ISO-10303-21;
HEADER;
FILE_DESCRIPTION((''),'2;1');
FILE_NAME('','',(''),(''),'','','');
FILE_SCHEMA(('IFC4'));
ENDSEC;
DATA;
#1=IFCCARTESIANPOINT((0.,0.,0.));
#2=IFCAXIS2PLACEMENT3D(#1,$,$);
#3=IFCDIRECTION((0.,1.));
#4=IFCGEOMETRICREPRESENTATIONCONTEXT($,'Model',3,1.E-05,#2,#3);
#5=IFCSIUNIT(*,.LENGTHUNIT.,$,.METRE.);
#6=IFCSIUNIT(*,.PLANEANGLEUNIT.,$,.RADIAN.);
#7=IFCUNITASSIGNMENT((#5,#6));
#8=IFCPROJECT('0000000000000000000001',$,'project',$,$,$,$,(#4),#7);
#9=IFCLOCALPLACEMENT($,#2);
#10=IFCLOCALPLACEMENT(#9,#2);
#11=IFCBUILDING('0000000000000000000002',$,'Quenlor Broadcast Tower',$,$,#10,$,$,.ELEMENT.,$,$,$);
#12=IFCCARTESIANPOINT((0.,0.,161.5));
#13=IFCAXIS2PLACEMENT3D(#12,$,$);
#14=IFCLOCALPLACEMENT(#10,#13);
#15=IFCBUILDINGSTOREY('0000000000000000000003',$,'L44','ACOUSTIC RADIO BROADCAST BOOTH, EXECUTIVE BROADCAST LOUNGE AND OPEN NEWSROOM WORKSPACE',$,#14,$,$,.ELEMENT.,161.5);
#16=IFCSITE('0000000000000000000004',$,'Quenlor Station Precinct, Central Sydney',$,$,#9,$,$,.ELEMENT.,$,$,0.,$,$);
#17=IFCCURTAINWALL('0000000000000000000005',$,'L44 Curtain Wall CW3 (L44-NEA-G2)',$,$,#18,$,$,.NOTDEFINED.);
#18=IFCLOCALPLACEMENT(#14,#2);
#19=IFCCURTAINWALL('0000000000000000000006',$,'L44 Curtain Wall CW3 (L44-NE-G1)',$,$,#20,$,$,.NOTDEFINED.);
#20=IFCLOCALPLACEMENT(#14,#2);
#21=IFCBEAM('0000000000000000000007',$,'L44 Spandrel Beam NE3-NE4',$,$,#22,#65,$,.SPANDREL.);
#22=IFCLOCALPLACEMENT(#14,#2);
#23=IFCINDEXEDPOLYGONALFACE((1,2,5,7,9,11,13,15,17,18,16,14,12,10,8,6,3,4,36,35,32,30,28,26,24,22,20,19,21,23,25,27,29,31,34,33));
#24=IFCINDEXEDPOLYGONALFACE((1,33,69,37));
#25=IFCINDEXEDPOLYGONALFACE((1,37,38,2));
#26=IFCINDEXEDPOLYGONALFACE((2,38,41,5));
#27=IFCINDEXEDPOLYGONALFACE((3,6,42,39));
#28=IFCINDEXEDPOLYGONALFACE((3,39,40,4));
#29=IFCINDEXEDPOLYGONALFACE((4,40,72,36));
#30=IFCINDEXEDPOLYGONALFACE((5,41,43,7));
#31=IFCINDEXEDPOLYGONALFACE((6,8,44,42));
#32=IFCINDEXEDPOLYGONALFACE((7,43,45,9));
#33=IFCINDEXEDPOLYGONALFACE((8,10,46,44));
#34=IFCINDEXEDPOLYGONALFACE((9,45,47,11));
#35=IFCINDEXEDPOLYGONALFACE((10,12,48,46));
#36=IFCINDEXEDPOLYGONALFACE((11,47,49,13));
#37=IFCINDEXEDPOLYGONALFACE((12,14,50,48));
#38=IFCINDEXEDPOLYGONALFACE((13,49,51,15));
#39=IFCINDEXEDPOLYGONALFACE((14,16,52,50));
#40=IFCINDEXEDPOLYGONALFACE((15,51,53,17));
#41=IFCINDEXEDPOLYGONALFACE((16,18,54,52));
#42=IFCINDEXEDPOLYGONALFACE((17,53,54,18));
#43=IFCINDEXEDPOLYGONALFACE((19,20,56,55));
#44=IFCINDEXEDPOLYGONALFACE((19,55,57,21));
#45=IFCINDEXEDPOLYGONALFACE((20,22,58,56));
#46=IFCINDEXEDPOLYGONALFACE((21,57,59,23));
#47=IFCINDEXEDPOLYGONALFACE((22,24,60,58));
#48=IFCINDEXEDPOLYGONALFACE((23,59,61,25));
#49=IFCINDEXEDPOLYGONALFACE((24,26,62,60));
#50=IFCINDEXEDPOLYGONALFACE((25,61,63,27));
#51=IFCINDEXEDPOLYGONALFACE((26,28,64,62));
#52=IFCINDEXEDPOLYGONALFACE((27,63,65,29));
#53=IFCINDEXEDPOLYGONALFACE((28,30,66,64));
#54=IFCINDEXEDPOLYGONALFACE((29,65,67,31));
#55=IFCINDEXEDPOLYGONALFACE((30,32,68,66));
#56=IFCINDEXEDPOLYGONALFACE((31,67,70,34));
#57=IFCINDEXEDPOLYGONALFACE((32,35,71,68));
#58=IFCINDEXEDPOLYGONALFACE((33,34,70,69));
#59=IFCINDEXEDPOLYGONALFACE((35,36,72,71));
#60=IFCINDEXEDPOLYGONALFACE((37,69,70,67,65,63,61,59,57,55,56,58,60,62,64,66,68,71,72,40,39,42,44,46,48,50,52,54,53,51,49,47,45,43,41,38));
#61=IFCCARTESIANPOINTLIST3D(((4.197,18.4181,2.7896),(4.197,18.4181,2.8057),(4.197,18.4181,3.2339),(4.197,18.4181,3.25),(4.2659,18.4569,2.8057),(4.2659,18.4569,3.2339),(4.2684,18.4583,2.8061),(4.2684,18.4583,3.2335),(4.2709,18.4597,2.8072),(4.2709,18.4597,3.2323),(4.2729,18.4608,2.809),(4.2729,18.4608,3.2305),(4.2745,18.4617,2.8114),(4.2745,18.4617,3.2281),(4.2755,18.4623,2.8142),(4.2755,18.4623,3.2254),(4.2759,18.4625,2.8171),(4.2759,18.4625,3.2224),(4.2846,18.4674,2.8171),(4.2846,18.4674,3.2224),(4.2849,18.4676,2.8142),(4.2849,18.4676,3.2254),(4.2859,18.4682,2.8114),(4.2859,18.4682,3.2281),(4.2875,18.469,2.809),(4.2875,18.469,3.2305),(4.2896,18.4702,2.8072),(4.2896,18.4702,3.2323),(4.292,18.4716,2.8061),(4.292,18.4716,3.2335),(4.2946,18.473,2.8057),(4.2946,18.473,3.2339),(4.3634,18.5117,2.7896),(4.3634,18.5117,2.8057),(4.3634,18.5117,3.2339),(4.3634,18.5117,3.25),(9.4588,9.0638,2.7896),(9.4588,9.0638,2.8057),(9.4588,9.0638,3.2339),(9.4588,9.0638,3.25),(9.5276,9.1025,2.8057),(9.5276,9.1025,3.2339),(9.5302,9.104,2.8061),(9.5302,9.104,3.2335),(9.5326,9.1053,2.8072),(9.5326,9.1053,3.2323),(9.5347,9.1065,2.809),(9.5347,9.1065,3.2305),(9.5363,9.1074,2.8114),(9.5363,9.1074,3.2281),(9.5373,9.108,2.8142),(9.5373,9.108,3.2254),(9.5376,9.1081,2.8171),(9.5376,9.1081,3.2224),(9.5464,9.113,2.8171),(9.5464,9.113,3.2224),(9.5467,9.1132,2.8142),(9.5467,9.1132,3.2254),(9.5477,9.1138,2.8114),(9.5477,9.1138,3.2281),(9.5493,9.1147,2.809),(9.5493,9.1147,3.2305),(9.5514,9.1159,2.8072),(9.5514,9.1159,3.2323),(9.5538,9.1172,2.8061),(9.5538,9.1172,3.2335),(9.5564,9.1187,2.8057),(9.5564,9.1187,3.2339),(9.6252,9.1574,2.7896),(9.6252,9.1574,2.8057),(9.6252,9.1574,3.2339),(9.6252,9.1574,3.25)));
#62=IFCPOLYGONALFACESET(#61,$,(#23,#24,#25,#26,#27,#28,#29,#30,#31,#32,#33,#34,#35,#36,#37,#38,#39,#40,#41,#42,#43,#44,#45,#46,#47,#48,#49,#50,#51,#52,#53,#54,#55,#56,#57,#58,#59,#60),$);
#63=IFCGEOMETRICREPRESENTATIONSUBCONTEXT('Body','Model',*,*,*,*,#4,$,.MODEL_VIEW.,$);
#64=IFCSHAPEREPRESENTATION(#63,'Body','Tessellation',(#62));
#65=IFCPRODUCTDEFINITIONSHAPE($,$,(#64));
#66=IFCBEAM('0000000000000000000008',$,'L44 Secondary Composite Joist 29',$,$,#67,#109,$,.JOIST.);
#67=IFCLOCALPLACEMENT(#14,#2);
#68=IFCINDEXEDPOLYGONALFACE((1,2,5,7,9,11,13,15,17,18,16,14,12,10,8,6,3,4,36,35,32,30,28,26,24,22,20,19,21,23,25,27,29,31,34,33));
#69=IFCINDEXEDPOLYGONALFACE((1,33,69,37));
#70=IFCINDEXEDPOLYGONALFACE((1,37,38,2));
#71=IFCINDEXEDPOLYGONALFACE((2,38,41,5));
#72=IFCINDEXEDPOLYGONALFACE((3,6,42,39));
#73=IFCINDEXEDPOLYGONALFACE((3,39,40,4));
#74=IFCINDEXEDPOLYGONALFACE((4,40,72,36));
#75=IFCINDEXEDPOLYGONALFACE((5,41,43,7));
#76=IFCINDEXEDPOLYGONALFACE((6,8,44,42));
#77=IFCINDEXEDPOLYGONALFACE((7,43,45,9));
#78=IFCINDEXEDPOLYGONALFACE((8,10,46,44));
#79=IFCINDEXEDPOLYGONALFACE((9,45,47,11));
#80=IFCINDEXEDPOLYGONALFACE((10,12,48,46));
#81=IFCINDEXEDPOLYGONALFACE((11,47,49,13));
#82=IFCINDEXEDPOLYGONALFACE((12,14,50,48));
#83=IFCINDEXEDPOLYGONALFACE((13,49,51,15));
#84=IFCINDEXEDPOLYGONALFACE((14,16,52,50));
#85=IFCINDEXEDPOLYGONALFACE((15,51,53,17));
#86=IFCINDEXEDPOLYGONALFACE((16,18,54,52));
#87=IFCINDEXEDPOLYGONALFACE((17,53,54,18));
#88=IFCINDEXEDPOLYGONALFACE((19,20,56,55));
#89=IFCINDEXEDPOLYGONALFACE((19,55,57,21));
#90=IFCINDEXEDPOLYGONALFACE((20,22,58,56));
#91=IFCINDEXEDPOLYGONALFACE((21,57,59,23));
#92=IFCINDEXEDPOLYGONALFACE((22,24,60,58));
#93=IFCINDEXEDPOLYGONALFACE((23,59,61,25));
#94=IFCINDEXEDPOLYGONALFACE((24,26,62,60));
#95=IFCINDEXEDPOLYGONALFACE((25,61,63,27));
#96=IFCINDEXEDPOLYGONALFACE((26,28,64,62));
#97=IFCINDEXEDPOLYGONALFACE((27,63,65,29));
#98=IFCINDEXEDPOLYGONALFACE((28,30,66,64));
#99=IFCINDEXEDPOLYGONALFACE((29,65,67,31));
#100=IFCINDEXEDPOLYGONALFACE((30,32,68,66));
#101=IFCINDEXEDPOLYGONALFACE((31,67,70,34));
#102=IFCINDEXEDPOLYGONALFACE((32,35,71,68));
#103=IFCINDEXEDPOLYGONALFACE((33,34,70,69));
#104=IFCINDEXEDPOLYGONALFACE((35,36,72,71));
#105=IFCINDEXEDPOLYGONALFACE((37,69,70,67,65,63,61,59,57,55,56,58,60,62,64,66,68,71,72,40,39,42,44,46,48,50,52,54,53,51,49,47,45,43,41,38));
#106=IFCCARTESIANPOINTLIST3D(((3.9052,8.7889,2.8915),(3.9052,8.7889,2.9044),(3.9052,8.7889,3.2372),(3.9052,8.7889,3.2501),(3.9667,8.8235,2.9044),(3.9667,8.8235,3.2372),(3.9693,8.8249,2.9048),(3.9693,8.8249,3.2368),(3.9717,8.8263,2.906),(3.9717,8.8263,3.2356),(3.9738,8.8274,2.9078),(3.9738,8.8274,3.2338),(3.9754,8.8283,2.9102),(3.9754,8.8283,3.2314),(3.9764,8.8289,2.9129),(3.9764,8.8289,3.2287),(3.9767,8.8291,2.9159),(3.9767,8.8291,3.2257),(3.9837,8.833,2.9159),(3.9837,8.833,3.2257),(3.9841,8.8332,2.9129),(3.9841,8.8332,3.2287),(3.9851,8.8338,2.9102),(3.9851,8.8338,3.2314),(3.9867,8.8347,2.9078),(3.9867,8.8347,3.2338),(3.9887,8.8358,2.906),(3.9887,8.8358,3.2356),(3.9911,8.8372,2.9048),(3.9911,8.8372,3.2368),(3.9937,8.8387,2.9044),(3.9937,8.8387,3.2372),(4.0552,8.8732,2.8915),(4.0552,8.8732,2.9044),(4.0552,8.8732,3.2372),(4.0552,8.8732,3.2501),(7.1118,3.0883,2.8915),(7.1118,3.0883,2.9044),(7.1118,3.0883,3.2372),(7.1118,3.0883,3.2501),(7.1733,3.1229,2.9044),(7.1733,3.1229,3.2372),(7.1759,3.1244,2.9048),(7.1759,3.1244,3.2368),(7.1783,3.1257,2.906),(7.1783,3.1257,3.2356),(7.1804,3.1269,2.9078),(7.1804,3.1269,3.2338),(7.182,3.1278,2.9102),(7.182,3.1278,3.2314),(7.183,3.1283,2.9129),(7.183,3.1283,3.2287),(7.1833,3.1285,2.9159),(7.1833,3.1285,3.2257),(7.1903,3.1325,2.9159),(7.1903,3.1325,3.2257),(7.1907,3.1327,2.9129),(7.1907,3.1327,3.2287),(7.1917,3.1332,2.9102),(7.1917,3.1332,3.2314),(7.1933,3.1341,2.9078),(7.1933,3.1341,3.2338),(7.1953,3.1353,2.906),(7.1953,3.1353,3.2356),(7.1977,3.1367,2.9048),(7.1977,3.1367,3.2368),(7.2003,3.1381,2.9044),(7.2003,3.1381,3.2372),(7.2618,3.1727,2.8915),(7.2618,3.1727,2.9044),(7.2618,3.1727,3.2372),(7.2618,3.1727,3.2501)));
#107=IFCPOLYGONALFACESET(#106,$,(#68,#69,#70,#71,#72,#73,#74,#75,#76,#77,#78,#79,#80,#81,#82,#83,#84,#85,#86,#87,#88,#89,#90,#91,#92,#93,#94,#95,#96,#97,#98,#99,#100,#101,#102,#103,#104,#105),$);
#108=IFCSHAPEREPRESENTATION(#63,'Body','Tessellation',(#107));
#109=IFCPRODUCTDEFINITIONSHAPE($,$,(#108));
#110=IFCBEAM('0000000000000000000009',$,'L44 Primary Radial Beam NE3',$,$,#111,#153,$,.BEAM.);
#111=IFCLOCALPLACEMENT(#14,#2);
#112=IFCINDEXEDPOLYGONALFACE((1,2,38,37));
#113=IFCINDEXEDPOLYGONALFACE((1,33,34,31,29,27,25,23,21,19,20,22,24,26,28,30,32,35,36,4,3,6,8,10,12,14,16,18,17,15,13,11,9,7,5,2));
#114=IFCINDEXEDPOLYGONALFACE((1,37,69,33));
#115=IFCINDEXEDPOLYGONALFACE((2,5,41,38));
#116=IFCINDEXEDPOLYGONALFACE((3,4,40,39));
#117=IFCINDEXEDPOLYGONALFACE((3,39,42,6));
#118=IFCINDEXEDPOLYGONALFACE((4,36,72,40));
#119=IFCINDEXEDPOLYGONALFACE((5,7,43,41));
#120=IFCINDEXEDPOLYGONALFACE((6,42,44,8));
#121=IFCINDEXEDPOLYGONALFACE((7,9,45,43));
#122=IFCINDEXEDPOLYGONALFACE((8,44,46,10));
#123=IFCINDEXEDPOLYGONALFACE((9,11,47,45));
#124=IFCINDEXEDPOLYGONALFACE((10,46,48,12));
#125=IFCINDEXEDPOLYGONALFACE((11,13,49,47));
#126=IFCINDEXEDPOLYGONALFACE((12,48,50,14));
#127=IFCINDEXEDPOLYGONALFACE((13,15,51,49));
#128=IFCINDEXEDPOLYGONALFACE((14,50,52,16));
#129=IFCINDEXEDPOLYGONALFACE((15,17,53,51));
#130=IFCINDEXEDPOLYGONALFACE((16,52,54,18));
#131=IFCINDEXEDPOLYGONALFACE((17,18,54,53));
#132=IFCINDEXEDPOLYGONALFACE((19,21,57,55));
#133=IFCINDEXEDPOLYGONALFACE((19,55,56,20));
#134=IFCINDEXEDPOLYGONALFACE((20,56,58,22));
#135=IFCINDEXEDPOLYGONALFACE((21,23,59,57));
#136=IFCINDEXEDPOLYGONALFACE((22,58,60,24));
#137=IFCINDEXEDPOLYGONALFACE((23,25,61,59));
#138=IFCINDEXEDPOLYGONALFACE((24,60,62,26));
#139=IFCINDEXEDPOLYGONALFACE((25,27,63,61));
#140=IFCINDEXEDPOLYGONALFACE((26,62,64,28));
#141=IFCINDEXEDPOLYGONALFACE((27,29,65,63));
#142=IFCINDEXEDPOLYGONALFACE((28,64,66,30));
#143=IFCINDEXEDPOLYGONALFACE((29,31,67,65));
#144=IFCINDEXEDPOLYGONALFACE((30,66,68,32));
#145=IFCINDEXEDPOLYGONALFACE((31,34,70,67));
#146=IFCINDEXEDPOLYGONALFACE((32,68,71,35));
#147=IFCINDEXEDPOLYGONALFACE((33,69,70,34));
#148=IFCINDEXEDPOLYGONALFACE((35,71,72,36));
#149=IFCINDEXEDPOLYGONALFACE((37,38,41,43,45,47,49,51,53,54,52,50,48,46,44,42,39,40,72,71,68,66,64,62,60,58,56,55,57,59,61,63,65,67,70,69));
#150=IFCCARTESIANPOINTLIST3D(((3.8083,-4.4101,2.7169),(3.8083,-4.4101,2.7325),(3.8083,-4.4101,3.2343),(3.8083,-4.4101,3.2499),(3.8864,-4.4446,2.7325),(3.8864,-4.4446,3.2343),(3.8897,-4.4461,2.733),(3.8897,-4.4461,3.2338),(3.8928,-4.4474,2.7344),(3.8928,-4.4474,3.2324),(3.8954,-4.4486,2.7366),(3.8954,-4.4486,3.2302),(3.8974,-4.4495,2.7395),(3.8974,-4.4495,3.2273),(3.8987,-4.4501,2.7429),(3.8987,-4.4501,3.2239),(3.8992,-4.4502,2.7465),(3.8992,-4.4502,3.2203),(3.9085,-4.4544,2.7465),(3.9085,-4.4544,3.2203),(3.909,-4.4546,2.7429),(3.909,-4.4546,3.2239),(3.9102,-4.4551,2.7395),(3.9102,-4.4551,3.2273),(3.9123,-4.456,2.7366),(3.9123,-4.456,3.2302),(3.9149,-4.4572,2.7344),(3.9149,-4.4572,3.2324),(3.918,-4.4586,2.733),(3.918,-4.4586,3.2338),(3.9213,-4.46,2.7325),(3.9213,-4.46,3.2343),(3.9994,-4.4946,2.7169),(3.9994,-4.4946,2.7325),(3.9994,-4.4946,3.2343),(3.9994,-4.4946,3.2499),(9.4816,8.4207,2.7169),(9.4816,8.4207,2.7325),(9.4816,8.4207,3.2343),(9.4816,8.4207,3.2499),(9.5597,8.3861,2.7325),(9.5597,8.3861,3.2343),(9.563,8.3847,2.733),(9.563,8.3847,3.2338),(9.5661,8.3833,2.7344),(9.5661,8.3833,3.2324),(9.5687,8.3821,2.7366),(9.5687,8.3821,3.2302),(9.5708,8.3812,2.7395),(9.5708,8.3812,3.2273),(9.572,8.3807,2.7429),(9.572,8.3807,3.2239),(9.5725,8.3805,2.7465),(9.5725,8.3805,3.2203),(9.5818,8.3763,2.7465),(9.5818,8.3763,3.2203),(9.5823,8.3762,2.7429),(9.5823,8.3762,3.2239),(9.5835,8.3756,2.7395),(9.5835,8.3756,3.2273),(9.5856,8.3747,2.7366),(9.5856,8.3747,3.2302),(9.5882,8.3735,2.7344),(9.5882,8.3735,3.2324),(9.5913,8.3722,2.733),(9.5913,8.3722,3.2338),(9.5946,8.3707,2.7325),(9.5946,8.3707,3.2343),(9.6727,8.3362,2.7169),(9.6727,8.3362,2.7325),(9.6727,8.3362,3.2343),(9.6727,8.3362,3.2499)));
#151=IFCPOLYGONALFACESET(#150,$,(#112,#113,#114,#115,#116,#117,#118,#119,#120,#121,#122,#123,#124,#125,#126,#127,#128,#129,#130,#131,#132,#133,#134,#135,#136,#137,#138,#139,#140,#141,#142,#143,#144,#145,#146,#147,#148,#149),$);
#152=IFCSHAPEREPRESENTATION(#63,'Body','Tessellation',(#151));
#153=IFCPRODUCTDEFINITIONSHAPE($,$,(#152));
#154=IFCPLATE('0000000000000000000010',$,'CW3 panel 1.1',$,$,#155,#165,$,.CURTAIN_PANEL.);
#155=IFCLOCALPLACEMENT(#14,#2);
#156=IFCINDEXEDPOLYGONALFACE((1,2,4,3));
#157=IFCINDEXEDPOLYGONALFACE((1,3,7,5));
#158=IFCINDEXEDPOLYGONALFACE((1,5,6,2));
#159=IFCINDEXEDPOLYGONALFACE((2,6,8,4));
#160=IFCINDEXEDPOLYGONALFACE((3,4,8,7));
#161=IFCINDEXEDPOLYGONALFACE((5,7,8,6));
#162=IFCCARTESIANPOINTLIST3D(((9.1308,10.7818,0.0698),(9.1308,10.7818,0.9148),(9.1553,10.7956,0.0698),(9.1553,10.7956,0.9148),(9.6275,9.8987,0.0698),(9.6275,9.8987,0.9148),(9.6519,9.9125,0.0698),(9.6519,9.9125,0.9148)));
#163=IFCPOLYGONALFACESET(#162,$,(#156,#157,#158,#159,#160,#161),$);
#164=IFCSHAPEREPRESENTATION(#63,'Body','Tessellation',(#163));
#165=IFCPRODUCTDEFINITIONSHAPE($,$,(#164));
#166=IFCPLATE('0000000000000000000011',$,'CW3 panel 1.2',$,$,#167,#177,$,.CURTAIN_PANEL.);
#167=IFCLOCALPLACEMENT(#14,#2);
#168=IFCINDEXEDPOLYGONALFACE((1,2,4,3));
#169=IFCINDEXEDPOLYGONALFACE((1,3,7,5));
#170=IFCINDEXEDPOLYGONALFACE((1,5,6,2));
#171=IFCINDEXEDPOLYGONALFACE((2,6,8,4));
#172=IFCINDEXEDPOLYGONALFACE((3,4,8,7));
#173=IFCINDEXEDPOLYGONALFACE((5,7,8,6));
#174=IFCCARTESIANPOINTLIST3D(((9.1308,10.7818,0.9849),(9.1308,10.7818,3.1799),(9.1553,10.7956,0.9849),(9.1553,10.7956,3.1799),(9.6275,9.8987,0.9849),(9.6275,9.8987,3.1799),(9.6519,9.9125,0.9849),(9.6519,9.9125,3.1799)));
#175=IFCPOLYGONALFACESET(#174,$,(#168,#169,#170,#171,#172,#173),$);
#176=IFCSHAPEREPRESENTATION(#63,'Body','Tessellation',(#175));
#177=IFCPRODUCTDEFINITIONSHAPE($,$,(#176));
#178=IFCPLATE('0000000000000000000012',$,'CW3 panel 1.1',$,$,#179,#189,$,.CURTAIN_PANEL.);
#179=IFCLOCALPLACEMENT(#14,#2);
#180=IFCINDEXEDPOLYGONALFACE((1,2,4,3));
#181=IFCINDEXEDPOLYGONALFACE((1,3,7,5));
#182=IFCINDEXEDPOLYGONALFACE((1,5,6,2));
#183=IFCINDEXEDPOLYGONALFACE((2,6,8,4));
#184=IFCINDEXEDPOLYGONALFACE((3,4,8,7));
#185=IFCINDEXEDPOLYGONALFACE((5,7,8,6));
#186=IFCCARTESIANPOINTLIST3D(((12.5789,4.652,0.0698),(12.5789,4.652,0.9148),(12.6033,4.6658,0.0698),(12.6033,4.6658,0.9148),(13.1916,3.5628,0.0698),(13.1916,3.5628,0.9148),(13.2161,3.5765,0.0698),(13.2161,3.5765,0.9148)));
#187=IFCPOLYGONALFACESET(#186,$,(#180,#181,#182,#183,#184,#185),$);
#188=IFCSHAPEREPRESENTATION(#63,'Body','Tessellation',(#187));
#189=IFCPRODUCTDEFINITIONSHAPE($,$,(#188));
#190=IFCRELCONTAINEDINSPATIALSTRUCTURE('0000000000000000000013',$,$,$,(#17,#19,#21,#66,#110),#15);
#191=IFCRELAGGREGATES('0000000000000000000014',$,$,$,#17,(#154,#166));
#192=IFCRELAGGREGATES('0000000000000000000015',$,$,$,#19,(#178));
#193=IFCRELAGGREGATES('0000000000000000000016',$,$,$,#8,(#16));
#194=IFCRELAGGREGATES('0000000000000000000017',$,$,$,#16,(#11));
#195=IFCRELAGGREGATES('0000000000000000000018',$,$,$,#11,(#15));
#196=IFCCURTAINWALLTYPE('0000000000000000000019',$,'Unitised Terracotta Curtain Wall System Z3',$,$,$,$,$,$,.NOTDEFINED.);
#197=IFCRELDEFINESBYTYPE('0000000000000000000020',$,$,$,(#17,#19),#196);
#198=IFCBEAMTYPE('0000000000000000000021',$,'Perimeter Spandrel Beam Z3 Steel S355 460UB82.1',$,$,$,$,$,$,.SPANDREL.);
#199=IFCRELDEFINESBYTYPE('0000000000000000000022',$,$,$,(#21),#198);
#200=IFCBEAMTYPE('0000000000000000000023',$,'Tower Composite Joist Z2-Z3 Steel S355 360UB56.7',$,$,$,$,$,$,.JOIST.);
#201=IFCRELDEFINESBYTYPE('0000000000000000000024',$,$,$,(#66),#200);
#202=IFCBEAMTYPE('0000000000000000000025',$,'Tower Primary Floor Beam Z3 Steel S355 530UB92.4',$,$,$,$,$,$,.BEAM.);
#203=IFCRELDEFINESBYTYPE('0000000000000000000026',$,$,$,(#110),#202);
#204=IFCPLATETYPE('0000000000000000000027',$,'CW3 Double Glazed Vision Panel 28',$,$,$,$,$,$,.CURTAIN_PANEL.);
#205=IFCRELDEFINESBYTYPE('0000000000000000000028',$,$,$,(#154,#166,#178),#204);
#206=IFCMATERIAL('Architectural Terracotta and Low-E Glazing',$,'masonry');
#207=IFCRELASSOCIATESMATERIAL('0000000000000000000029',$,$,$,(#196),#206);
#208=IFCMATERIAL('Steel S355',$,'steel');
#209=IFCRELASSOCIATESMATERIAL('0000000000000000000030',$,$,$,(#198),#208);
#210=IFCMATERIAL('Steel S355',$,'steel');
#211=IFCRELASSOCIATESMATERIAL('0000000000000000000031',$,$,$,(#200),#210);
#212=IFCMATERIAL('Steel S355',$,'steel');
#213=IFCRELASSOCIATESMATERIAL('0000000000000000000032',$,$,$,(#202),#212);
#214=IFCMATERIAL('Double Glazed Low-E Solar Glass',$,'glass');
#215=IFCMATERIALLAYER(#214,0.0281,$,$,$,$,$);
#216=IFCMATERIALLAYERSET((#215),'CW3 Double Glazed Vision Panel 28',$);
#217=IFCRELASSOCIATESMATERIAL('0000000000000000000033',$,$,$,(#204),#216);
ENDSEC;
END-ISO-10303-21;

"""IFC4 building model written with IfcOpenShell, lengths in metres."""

from ifc_helpers import new_model, si_unit, direction, frame, origin, origin_2d, place, context, subcontext, project, spatial, rectangle, i_section, extrude, material, layer, layer_set, material_profile, profile_set, type_object, element, aggregate, save


model = new_model("IFC4")

# Units and contexts
model_context = context("Model", 3, precision=1e-05, world=origin(), true_north=direction((0.0, 1.0)))
body_context = subcontext(model_context, "Body", "Model", "MODEL_VIEW")
ifc_project = project(units=[si_unit("LENGTHUNIT", "METRE"), si_unit("PLANEANGLEUNIT", "RADIAN")], contexts=[model_context])

# Site, building, storey
site_placement = place(None, origin())
site = spatial("IfcSite", under=ifc_project, at=site_placement, Name="Quenlor Station Precinct, Central Sydney", CompositionType="ELEMENT", RefElevation=0.0)
building_placement = place(site_placement, origin())
building = spatial("IfcBuilding", under=site, at=building_placement, Name="Quenlor Broadcast Tower", CompositionType="ELEMENT")
storey_placement = place(building_placement, frame((0.0, 0.0, 161.5)))
storey = spatial("IfcBuildingStorey", under=building, at=storey_placement, Name="L44", Description="ACOUSTIC RADIO BROADCAST BOOTH, EXECUTIVE BROADCAST LOUNGE AND OPEN NEWSROOM WORKSPACE", CompositionType="ELEMENT", Elevation=161.5)

# Curtain wall
ifc_material_1 = material(Name="Architectural Terracotta and Low-E Glazing", Category="masonry")
curtain_wall_type = type_object("IfcCurtainWallType", Name="Unitised Terracotta Curtain Wall System Z3", PredefinedType="NOTDEFINED", material=ifc_material_1)
curtain_wall_1_placement = place(storey_placement, origin())
curtain_wall_1 = element("IfcCurtainWall", 1, at=curtain_wall_1_placement, inside=storey, type_object=curtain_wall_type, Name="L44 Curtain Wall CW3 (L44-NEA-G2)", PredefinedType="NOTDEFINED")

# Curtain wall
curtain_wall_2_placement = place(storey_placement, origin())
curtain_wall_2 = element("IfcCurtainWall", 2, at=curtain_wall_2_placement, inside=storey, type_object=curtain_wall_type, Name="L44 Curtain Wall CW3 (L44-NE-G1)", PredefinedType="NOTDEFINED")

# Beams
ifc_material_2 = material(Name="Steel S355", Category="steel")
ifc_material_profile_1 = material_profile(ifc_material_2, i_section(OverallWidth=0.1909, OverallDepth=0.4604, WebThickness=0.01, FlangeThickness=0.0161, FilletRadius=0.0115, at=origin_2d()))
ifc_profile_set_1 = profile_set([ifc_material_profile_1], Name="Steel S355 460UB82.1")
beam_type_1 = type_object("IfcBeamType", Name="Perimeter Spandrel Beam Z3 Steel S355 460UB82.1", PredefinedType="SPANDREL", material=ifc_profile_set_1)
beam_1_placement = place(storey_placement, frame((9.542, 9.1106, 3.0198), z_axis=(-0.490258, 0.871577, 0.0), x_axis=(-0.871577, -0.490258, 0.0)))
element("IfcBeam", 3, at=beam_1_placement, inside=storey, type_object=beam_type_1, Name="L44 Spandrel Beam NE3-NE4", PredefinedType="SPANDREL", context=body_context, shape_type="SweptSolid", body=[
    extrude(i_section(OverallWidth=0.1909, OverallDepth=0.4604, WebThickness=0.01, FlangeThickness=0.0161, FilletRadius=0.0115, at=origin_2d()), origin(), (0.0, 0.0, 1.0), 10.7327),
])
ifc_material_3 = material(Name="Steel S355", Category="steel")
ifc_material_profile_2 = material_profile(ifc_material_3, i_section(OverallWidth=0.1721, OverallDepth=0.3586, WebThickness=0.0081, FlangeThickness=0.0129, FilletRadius=0.0115, at=origin_2d()))
ifc_profile_set_2 = profile_set([ifc_material_profile_2], Name="Steel S355 360UB56.7")
beam_type_2 = type_object("IfcBeamType", Name="Tower Composite Joist Z2-Z3 Steel S355 360UB56.7", PredefinedType="JOIST", material=ifc_profile_set_2)
beam_2_placement = place(storey_placement, frame((3.9802, 8.8311, 3.0708), z_axis=(0.490267, -0.871573, 0.0), x_axis=(0.871573, 0.490267, 0.0)))
element("IfcBeam", 4, at=beam_2_placement, inside=storey, type_object=beam_type_2, Name="L44 Secondary Composite Joist 29", PredefinedType="JOIST", context=body_context, shape_type="SweptSolid", body=[
    extrude(i_section(OverallWidth=0.1721, OverallDepth=0.3586, WebThickness=0.0081, FlangeThickness=0.0129, FilletRadius=0.0115, at=origin_2d()), origin(), (0.0, 0.0, 1.0), 6.5405),
])
ifc_material_4 = material(Name="Steel S355", Category="steel")
ifc_material_profile_3 = material_profile(ifc_material_4, i_section(OverallWidth=0.209, OverallDepth=0.533, WebThickness=0.0103, FlangeThickness=0.0156, FilletRadius=0.0139, at=origin_2d()))
ifc_profile_set_3 = profile_set([ifc_material_profile_3], Name="Steel S355 530UB92.4")
beam_type_3 = type_object("IfcBeamType", Name="Tower Primary Floor Beam Z3 Steel S355 530UB92.4", PredefinedType="BEAM", material=ifc_profile_set_3)
beam_3_placement = place(storey_placement, frame((9.5771, 8.3784, 2.9834), z_axis=(-0.404397, -0.914583, 0.0), x_axis=(0.914583, -0.404397, 0.0)))
element("IfcBeam", 5, at=beam_3_placement, inside=storey, type_object=beam_type_3, Name="L44 Primary Radial Beam NE3", PredefinedType="BEAM", context=body_context, shape_type="SweptSolid", body=[
    extrude(i_section(OverallWidth=0.209, OverallDepth=0.533, WebThickness=0.0103, FlangeThickness=0.0156, FilletRadius=0.0139, at=origin_2d()), origin(), (0.0, 0.0, 1.0), 14.0291),
])

# Plates
ifc_material_5 = material(Name="Double Glazed Low-E Solar Glass", Category="glass")
ifc_layer_1 = layer(ifc_material_5, 0.0281)
ifc_layer_set_1 = layer_set([ifc_layer_1], Name="CW3 Double Glazed Vision Panel 28")
plate_type_1 = type_object("IfcPlateType", Name="CW3 Double Glazed Vision Panel 28", PredefinedType="CURTAIN_PANEL", material=ifc_layer_set_1)
plate_1_placement = place(storey_placement, frame((9.3914, 10.3472, 0.0698), z_axis=(0.0, 0.0, 1.0), x_axis=(0.490216, -0.871601, 0.0)))
plate_1 = element("IfcPlate", 6, at=plate_1_placement, type_object=plate_type_1, Name="CW3 panel 1.1", PredefinedType="CURTAIN_PANEL", context=body_context, shape_type="SweptSolid", body=[
    extrude(rectangle(XDim=1.0132, YDim=0.0281, at=origin_2d()), origin(), (0.0, 0.0, 1.0), 0.845),
])
plate_2_placement = place(storey_placement, frame((9.3914, 10.3472, 0.9849), z_axis=(0.0, 0.0, 1.0), x_axis=(0.490216, -0.871601, 0.0)))
plate_2 = element("IfcPlate", 7, at=plate_2_placement, type_object=plate_type_1, Name="CW3 panel 1.2", PredefinedType="CURTAIN_PANEL", context=body_context, shape_type="SweptSolid", body=[
    extrude(rectangle(XDim=1.0132, YDim=0.0281, at=origin_2d()), origin(), (0.0, 0.0, 1.0), 2.1951),
])
aggregate(curtain_wall_1, [plate_1, plate_2])
plate_3_placement = place(storey_placement, frame((12.8975, 4.1143, 0.0698), z_axis=(0.0, 0.0, 1.0), x_axis=(0.490285, -0.871562, 0.0)))
plate_3 = element("IfcPlate", 8, at=plate_3_placement, type_object=plate_type_1, Name="CW3 panel 1.1", PredefinedType="CURTAIN_PANEL", context=body_context, shape_type="SweptSolid", body=[
    extrude(rectangle(XDim=1.2498, YDim=0.0281, at=origin_2d()), origin(), (0.0, 0.0, 1.0), 0.845),
])
aggregate(curtain_wall_2, [plate_3])

save(model, "model.ifc")
